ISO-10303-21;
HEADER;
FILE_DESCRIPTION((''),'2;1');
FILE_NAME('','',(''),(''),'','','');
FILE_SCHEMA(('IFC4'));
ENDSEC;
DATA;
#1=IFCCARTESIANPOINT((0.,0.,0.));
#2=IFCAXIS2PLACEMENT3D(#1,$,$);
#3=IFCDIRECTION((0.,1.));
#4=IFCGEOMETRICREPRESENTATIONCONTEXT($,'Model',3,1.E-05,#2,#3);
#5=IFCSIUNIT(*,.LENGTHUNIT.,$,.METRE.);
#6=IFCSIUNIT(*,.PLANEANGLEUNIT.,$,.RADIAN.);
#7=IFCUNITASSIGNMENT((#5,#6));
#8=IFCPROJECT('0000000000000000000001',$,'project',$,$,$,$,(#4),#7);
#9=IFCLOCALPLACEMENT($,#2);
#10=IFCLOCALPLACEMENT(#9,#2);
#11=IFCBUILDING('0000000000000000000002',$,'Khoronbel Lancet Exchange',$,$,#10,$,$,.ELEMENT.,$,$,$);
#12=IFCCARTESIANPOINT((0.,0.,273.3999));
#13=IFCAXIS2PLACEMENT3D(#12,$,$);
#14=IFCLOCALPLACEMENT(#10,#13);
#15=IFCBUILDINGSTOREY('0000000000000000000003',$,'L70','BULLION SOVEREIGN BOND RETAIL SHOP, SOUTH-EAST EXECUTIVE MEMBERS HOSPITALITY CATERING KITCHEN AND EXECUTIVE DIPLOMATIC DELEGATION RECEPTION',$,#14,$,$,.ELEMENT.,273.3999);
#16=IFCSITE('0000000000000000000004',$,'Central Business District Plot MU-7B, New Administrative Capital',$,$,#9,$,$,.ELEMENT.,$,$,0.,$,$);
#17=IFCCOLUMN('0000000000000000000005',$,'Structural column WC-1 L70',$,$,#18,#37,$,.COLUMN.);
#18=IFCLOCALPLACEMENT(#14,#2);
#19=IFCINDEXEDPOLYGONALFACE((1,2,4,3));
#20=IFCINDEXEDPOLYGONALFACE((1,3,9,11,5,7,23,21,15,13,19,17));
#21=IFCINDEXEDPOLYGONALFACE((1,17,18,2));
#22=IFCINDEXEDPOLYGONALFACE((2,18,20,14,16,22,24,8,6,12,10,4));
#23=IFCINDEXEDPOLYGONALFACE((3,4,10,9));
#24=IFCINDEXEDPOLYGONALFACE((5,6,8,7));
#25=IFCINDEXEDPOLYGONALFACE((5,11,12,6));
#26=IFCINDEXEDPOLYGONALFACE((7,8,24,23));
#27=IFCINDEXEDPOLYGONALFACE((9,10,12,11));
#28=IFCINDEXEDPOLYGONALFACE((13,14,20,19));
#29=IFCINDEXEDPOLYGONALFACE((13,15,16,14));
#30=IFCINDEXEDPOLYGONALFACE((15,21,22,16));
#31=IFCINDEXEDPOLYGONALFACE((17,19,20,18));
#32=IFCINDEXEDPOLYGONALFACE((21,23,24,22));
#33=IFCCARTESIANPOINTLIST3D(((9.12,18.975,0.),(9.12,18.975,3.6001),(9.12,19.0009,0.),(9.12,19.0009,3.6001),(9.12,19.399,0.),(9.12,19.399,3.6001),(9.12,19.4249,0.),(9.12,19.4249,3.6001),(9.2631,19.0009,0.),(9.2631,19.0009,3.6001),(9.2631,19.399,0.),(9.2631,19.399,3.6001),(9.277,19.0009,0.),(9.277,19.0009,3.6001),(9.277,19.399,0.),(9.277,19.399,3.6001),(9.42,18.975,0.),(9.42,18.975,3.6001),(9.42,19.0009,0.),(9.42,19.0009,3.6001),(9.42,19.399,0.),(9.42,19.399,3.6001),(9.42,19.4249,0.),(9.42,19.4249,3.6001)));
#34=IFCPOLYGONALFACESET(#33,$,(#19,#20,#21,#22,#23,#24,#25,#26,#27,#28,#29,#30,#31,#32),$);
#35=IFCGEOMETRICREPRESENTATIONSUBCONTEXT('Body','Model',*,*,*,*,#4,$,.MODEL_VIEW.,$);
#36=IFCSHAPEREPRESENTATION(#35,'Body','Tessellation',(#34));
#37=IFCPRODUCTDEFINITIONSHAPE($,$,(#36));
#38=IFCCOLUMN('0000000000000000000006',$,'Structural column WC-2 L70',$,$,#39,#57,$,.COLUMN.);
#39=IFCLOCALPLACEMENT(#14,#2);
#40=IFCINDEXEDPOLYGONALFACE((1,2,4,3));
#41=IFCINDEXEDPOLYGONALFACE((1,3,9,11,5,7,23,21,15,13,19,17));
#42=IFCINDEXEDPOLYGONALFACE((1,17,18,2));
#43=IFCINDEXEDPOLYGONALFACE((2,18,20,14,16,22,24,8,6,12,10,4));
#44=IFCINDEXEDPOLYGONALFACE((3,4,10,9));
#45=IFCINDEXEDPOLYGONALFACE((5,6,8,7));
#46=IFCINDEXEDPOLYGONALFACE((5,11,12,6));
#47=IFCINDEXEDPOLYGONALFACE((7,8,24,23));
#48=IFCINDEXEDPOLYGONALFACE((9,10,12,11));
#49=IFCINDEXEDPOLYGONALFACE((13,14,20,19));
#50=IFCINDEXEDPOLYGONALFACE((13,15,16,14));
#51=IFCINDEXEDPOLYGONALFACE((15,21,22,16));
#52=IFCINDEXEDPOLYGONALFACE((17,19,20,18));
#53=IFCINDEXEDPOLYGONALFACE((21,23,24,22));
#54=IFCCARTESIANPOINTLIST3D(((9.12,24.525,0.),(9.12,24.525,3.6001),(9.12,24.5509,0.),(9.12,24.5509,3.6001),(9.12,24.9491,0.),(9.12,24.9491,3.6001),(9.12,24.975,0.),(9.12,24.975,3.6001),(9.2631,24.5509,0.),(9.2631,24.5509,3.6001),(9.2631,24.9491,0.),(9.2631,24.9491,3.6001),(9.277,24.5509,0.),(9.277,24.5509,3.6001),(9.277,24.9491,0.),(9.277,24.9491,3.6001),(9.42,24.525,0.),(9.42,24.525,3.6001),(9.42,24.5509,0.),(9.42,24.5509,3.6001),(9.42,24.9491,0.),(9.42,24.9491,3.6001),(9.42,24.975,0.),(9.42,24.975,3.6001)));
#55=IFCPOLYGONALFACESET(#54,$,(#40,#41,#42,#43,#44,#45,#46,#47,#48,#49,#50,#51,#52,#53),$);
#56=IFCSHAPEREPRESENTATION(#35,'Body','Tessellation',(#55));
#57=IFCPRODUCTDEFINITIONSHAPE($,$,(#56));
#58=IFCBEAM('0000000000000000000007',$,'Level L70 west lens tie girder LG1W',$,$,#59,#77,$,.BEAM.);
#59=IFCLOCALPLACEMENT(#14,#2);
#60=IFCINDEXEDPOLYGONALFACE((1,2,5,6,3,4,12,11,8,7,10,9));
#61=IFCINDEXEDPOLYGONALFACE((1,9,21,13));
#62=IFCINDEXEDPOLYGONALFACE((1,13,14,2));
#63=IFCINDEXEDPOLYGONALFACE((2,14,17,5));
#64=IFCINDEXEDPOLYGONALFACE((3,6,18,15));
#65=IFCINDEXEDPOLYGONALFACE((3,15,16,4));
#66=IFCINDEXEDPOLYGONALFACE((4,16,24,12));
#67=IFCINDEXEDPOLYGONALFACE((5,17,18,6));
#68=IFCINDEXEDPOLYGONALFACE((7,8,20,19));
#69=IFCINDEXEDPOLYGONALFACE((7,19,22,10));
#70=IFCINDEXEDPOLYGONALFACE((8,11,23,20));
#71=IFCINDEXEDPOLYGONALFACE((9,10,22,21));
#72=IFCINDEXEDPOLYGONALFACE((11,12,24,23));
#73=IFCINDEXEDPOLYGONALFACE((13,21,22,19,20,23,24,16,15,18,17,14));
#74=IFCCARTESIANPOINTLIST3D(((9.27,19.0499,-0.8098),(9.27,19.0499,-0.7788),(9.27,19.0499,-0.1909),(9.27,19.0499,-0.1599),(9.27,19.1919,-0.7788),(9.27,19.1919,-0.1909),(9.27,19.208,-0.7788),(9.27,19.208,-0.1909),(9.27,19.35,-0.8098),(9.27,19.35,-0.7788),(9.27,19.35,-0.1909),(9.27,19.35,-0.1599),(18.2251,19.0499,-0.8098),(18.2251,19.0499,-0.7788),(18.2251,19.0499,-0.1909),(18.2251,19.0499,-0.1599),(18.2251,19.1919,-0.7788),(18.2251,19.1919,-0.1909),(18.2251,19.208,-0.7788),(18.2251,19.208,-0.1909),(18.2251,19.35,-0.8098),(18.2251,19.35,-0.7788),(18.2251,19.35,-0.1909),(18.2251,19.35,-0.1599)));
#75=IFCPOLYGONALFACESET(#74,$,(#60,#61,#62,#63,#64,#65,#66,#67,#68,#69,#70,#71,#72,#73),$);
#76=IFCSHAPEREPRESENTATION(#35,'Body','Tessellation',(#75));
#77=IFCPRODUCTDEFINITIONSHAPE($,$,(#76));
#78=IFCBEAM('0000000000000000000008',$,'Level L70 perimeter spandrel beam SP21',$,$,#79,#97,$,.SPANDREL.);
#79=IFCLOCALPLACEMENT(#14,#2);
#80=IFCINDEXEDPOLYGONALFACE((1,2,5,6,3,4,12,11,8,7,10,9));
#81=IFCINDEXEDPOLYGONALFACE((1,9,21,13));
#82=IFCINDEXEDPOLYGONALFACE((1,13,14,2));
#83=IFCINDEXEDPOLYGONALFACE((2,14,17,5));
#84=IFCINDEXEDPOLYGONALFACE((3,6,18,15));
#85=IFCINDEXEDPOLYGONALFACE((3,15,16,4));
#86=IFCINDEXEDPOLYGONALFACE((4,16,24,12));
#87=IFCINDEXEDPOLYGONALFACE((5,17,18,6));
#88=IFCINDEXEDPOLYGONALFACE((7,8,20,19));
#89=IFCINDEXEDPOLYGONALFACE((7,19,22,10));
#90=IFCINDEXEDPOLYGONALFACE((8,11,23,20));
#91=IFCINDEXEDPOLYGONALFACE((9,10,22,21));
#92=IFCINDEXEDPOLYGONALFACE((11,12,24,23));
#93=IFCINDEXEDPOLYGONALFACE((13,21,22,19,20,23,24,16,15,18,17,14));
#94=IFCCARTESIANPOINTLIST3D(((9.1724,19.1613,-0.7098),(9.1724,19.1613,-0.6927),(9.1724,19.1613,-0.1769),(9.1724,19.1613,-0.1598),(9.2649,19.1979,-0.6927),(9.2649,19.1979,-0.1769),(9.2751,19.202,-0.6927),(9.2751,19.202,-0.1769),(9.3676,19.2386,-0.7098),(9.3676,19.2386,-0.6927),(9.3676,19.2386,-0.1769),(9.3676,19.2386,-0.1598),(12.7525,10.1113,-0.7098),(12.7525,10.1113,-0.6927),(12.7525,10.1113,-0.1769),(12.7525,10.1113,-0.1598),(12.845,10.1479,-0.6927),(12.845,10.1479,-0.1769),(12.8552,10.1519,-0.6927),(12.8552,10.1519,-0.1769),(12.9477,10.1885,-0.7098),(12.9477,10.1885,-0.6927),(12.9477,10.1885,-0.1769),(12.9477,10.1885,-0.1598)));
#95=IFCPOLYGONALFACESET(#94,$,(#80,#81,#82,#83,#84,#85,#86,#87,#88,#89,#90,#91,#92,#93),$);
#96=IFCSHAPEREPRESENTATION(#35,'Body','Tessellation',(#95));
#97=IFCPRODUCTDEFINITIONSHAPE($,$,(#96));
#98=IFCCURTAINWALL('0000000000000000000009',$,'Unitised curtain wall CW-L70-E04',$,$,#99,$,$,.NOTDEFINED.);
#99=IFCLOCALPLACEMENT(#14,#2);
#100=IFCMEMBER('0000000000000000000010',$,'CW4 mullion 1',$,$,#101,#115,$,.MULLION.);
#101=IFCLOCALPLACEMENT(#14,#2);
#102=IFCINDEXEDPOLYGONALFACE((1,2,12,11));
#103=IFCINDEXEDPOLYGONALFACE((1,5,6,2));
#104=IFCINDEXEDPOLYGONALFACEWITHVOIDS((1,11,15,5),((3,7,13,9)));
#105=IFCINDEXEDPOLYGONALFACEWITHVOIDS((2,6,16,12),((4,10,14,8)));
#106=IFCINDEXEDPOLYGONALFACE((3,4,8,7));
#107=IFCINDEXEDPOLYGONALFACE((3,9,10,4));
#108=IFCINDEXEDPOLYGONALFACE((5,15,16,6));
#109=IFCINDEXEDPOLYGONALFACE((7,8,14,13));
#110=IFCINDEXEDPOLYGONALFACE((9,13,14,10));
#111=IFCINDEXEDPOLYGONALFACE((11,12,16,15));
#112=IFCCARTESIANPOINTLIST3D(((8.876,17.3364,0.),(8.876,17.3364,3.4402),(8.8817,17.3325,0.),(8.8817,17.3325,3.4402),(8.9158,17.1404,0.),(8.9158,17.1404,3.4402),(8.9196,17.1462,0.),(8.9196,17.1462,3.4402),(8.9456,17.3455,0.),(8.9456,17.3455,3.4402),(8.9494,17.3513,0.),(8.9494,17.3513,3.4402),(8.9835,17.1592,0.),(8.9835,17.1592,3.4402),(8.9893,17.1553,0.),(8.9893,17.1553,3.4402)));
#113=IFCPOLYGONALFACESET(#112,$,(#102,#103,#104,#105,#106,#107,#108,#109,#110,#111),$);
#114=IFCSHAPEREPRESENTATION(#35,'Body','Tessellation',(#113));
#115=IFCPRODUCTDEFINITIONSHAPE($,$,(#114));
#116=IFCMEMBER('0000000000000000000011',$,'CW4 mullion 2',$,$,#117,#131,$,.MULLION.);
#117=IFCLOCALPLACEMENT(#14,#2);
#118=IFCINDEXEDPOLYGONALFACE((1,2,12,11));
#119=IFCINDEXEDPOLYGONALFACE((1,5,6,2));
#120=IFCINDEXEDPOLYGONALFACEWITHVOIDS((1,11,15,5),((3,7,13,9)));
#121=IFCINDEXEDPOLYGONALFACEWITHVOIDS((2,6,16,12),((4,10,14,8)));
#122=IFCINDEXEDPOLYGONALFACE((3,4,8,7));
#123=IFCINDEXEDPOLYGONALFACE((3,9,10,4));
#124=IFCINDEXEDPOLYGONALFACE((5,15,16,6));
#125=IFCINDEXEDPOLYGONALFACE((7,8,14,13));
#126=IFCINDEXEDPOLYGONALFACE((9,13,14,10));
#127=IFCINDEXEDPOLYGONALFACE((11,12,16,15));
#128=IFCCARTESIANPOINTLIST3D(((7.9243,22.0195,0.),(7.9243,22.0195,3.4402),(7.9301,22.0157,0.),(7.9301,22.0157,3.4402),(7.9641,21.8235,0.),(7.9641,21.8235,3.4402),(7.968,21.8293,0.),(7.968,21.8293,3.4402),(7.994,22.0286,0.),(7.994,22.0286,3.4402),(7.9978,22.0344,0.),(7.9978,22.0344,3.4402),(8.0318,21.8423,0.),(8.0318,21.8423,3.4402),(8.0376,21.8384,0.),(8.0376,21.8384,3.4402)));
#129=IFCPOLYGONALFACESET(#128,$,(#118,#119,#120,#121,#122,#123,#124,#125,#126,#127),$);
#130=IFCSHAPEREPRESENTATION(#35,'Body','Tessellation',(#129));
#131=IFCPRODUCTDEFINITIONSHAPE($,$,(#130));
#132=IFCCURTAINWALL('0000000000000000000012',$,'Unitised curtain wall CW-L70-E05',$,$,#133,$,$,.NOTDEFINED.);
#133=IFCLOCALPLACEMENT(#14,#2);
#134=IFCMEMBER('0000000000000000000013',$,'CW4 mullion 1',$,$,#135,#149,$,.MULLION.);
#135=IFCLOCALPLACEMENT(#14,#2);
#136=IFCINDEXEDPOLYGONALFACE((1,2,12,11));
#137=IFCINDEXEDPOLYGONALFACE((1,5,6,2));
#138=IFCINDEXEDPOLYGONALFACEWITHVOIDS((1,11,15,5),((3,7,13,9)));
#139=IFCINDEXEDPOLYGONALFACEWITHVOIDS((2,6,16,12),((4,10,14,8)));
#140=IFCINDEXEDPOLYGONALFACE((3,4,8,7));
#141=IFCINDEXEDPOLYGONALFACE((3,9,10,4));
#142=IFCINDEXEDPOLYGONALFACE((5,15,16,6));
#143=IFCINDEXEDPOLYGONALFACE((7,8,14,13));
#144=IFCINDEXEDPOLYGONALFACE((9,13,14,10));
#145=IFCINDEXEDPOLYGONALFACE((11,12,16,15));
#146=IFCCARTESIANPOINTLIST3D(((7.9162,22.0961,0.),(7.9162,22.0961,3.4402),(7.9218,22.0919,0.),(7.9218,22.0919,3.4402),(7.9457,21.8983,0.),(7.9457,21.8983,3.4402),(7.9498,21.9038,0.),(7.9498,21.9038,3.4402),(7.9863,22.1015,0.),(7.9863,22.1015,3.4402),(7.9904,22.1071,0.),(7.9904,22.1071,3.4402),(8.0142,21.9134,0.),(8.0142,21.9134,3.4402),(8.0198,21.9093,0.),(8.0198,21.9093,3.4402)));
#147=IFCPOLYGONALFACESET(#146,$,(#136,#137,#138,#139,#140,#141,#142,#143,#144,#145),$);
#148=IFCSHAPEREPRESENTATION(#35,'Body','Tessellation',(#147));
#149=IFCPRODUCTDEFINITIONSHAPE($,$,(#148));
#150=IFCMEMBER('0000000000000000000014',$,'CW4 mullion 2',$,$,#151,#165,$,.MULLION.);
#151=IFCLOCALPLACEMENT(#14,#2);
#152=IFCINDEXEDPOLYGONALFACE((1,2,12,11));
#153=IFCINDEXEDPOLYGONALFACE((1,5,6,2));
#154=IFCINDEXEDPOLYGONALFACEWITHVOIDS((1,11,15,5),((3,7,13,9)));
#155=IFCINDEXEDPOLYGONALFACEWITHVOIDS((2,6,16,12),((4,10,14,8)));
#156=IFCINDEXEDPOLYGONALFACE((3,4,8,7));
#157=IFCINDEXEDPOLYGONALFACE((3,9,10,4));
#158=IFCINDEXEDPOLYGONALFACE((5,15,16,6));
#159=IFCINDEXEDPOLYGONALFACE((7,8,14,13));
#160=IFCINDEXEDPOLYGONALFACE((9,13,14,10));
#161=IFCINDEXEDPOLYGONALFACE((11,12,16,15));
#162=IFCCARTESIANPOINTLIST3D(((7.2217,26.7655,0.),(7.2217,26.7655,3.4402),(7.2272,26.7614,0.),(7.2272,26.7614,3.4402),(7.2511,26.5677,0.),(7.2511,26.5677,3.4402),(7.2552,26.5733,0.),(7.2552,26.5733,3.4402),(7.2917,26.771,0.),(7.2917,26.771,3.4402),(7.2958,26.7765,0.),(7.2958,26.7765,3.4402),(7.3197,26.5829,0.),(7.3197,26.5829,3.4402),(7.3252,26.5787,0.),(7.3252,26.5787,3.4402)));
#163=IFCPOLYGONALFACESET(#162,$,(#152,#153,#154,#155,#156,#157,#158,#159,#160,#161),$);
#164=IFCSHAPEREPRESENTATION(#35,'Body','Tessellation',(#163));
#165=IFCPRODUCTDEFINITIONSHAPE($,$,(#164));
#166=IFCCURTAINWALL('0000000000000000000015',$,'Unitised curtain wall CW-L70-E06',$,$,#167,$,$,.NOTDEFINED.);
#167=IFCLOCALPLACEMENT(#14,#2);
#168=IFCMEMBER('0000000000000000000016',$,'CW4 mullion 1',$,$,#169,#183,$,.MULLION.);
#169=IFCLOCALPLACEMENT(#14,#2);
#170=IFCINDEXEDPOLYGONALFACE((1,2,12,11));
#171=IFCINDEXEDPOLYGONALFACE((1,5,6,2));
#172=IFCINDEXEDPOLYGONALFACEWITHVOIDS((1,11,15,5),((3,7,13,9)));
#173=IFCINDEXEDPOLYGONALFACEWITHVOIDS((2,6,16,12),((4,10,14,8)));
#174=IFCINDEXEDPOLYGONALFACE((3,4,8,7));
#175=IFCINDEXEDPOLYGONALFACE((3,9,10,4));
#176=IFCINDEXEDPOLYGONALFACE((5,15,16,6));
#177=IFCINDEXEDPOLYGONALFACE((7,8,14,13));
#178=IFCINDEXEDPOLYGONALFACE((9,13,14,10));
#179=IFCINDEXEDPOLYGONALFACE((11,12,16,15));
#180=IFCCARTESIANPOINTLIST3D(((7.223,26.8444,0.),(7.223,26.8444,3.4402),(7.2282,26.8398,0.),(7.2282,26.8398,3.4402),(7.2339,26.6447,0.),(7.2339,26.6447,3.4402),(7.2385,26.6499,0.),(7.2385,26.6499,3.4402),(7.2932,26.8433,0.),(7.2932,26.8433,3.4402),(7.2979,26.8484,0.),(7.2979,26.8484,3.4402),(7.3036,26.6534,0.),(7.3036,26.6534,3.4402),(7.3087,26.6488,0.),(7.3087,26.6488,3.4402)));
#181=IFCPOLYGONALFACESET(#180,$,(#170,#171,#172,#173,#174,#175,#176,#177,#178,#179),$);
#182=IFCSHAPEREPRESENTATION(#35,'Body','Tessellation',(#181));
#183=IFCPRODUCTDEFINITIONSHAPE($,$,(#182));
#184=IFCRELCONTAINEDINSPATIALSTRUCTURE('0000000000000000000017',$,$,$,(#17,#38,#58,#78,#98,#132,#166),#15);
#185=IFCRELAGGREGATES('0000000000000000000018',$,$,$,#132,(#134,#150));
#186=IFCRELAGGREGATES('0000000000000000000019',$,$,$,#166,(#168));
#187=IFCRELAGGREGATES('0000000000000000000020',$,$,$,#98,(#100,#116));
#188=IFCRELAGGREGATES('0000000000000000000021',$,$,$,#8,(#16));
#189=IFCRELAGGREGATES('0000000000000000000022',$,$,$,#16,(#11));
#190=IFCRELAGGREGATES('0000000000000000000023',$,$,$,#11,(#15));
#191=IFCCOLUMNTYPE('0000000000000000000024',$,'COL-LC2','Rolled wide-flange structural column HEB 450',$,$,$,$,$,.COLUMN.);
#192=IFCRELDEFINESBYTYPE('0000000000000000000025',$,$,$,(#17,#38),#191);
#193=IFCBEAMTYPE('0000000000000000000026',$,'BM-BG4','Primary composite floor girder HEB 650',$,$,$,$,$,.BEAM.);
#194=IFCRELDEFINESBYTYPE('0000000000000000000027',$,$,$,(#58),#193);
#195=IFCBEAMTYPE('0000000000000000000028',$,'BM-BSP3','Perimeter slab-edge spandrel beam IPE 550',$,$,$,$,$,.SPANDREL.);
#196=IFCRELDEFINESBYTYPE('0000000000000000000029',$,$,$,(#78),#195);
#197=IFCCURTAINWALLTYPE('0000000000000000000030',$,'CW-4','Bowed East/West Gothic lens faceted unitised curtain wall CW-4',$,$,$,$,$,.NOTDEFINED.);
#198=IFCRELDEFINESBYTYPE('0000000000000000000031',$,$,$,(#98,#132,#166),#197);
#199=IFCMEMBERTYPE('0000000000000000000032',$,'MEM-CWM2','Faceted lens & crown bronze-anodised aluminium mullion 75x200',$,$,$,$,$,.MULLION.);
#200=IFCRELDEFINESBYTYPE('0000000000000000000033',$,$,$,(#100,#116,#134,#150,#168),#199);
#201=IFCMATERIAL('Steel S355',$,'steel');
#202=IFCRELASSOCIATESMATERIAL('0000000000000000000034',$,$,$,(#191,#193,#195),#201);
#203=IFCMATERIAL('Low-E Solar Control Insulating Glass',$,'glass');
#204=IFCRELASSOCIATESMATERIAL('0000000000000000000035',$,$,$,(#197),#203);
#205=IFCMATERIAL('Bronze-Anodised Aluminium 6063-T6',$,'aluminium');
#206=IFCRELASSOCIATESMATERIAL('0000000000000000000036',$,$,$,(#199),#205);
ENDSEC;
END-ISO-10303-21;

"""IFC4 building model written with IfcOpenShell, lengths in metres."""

from ifc_helpers import new_model, si_unit, direction, frame, origin, origin_2d, place, context, subcontext, project, spatial, hollow_rectangle, i_section, extrude, material, material_profile, profile_set, type_object, element, aggregate, save


model = new_model("IFC4")

# Units and contexts
model_context = context("Model", 3, precision=1e-05, world=origin(), true_north=direction((0.0, 1.0)))
body_context = subcontext(model_context, "Body", "Model", "MODEL_VIEW")
ifc_project = project(units=[si_unit("LENGTHUNIT", "METRE"), si_unit("PLANEANGLEUNIT", "RADIAN")], contexts=[model_context])

# Site, building, storey
site_placement = place(None, origin())
site = spatial("IfcSite", under=ifc_project, at=site_placement, Name="Central Business District Plot MU-7B, New Administrative Capital", CompositionType="ELEMENT", RefElevation=0.0)
building_placement = place(site_placement, origin())
building = spatial("IfcBuilding", under=site, at=building_placement, Name="Khoronbel Lancet Exchange", CompositionType="ELEMENT")
storey_placement = place(building_placement, frame((0.0, 0.0, 273.3999)))
storey = spatial("IfcBuildingStorey", under=building, at=storey_placement, Name="L70", Description="BULLION SOVEREIGN BOND RETAIL SHOP, SOUTH-EAST EXECUTIVE MEMBERS HOSPITALITY CATERING KITCHEN AND EXECUTIVE DIPLOMATIC DELEGATION RECEPTION", CompositionType="ELEMENT", Elevation=273.3999)

# Columns
ifc_material_1 = material(Name="Steel S355", Category="steel")
ifc_material_profile_1 = material_profile(ifc_material_1, i_section(OverallWidth=0.3, OverallDepth=0.45, WebThickness=0.0139, FlangeThickness=0.0259, at=origin_2d()), Name="HEB 450")
ifc_profile_set_1 = profile_set([ifc_material_profile_1], Name="Steel S355")
column_type = type_object("IfcColumnType", Name="COL-LC2", Description="Rolled wide-flange structural column HEB 450", PredefinedType="COLUMN", material=ifc_profile_set_1)
for number, where, z_axis, x_axis, name in (
    (1, (9.27, 19.2, 0.0), (0.0, 0.0, 1.0), (1.0, 0.0, 0.0), "Structural column WC-1 L70"),
    (2, (9.27, 24.75, 0.0), (0.0, 0.0, 1.0), (1.0, 0.0, 0.0), "Structural column WC-2 L70"),
):
    element("IfcColumn", number, at=place(storey_placement, frame(where, z_axis=z_axis, x_axis=x_axis)), inside=storey, type_object=column_type, Name=name, PredefinedType="COLUMN", context=body_context, shape_type="SweptSolid", body=[
        extrude(i_section(OverallWidth=0.3, OverallDepth=0.45, WebThickness=0.0139, FlangeThickness=0.0259, at=origin_2d()), origin(), (0.0, 0.0, 1.0), 3.6001),
    ])

# Beams
ifc_material_profile_2 = material_profile(ifc_material_1, i_section(OverallWidth=0.3, OverallDepth=0.6499, WebThickness=0.0161, FlangeThickness=0.031, at=origin_2d()), Name="HEB 650")
ifc_profile_set_2 = profile_set([ifc_material_profile_2], Name="Steel S355")
beam_type_1 = type_object("IfcBeamType", Name="BM-BG4", Description="Primary composite floor girder HEB 650", PredefinedType="BEAM", material=ifc_profile_set_2)
beam_1_placement = place(storey_placement, frame((9.27, 19.2, -0.4849), z_axis=(1.0, 0.0, 0.0), x_axis=(0.0, 1.0, 0.0)))
element("IfcBeam", 3, at=beam_1_placement, inside=storey, type_object=beam_type_1, Name="Level L70 west lens tie girder LG1W", PredefinedType="BEAM", context=body_context, shape_type="SweptSolid", body=[
    extrude(i_section(OverallWidth=0.3, OverallDepth=0.6499, WebThickness=0.0161, FlangeThickness=0.031, at=origin_2d()), origin(), (0.0, 0.0, 1.0), 8.9551),
])
ifc_material_profile_3 = material_profile(ifc_material_1, i_section(OverallWidth=0.21, OverallDepth=0.55, WebThickness=0.011, FlangeThickness=0.0171, at=origin_2d()), Name="IPE 550")
ifc_profile_set_3 = profile_set([ifc_material_profile_3], Name="Steel S355")
beam_type_2 = type_object("IfcBeamType", Name="BM-BSP3", Description="Perimeter slab-edge spandrel beam IPE 550", PredefinedType="SPANDREL", material=ifc_profile_set_3)
beam_2_placement = place(storey_placement, frame((9.27, 19.2, -0.4348), z_axis=(0.36785, -0.929885, 0.0), x_axis=(0.929885, 0.36785, 0.0)))
element("IfcBeam", 4, at=beam_2_placement, inside=storey, type_object=beam_type_2, Name="Level L70 perimeter spandrel beam SP21", PredefinedType="SPANDREL", context=body_context, shape_type="SweptSolid", body=[
    extrude(i_section(OverallWidth=0.21, OverallDepth=0.55, WebThickness=0.011, FlangeThickness=0.0171, at=origin_2d()), origin(), (0.0, 0.0, 1.0), 9.7324),
])

# Curtain walls, members
ifc_material_2 = material(Name="Low-E Solar Control Insulating Glass", Category="glass")
curtain_wall_type = type_object("IfcCurtainWallType", Name="CW-4", Description="Bowed East/West Gothic lens faceted unitised curtain wall CW-4", PredefinedType="NOTDEFINED", material=ifc_material_2)
curtain_wall_1_placement = place(storey_placement, origin())
curtain_wall_1 = element("IfcCurtainWall", 5, at=curtain_wall_1_placement, inside=storey, type_object=curtain_wall_type, Name="Unitised curtain wall CW-L70-E04", PredefinedType="NOTDEFINED")
ifc_material_3 = material(Name="Bronze-Anodised Aluminium 6063-T6", Category="aluminium")
ifc_material_profile_4 = material_profile(ifc_material_3, hollow_rectangle(XDim=0.075, YDim=0.2, WallThickness=0.0049, at=origin_2d()), Name="ALU MULLION 75x200")
ifc_profile_set_4 = profile_set([ifc_material_profile_4], Name="Bronze-Anodised Aluminium 6063-T6")
member_type_1 = type_object("IfcMemberType", Name="MEM-CWM2", Description="Faceted lens & crown bronze-anodised aluminium mullion 75x200", PredefinedType="MULLION", material=ifc_profile_set_4)
member_1_placement = place(storey_placement, frame((8.9326, 17.2458, 0.0), z_axis=(0.0, 0.0, 1.0), x_axis=(-0.979974, -0.199126, 0.0)))
member_1 = element("IfcMember", 6, at=member_1_placement, type_object=member_type_1, Name="CW4 mullion 1", PredefinedType="MULLION", context=body_context, shape_type="SweptSolid", body=[
    extrude(hollow_rectangle(XDim=0.075, YDim=0.2, WallThickness=0.0049, at=origin_2d()), origin(), (0.0, 0.0, 1.0), 3.4402),
])
member_2_placement = place(storey_placement, frame((7.981, 21.929, 0.0), z_axis=(0.0, 0.0, 1.0), x_axis=(-0.979974, -0.199126, 0.0)))
member_2 = element("IfcMember", 7, at=member_2_placement, type_object=member_type_1, Name="CW4 mullion 2", PredefinedType="MULLION", context=body_context, shape_type="SweptSolid", body=[
    extrude(hollow_rectangle(XDim=0.075, YDim=0.2, WallThickness=0.0049, at=origin_2d()), origin(), (0.0, 0.0, 1.0), 3.4402),
])
curtain_wall_2_placement = place(storey_placement, origin())
curtain_wall_2 = element("IfcCurtainWall", 8, at=curtain_wall_2_placement, inside=storey, type_object=curtain_wall_type, Name="Unitised curtain wall CW-L70-E05", PredefinedType="NOTDEFINED")
member_3_placement = place(storey_placement, frame((7.968, 22.0027, 0.0), z_axis=(0.0, 0.0, 1.0), x_axis=(-0.989114, -0.147152, 0.0)))
member_3 = element("IfcMember", 9, at=member_3_placement, type_object=member_type_1, Name="CW4 mullion 1", PredefinedType="MULLION", context=body_context, shape_type="SweptSolid", body=[
    extrude(hollow_rectangle(XDim=0.075, YDim=0.2, WallThickness=0.0049, at=origin_2d()), origin(), (0.0, 0.0, 1.0), 3.4402),
])
member_4_placement = place(storey_placement, frame((7.2734, 26.6721, 0.0), z_axis=(0.0, 0.0, 1.0), x_axis=(-0.989114, -0.147152, 0.0)))
member_4 = element("IfcMember", 10, at=member_4_placement, type_object=member_type_1, Name="CW4 mullion 2", PredefinedType="MULLION", context=body_context, shape_type="SweptSolid", body=[
    extrude(hollow_rectangle(XDim=0.075, YDim=0.2, WallThickness=0.0049, at=origin_2d()), origin(), (0.0, 0.0, 1.0), 3.4402),
])
curtain_wall_3_placement = place(storey_placement, origin())
curtain_wall_3 = element("IfcCurtainWall", 11, at=curtain_wall_3_placement, inside=storey, type_object=curtain_wall_type, Name="Unitised curtain wall CW-L70-E06", PredefinedType="NOTDEFINED")
member_5_placement = place(storey_placement, frame((7.2659, 26.7466, 0.0), z_axis=(0.0, 0.0, 1.0), x_axis=(-0.998521, -0.054361, 0.0)))
member_5 = element("IfcMember", 12, at=member_5_placement, type_object=member_type_1, Name="CW4 mullion 1", PredefinedType="MULLION", context=body_context, shape_type="SweptSolid", body=[
    extrude(hollow_rectangle(XDim=0.075, YDim=0.2, WallThickness=0.0049, at=origin_2d()), origin(), (0.0, 0.0, 1.0), 3.4402),
])

aggregate(curtain_wall_2, [member_3, member_4])
aggregate(curtain_wall_3, [member_5])
aggregate(curtain_wall_1, [member_1, member_2])

save(model, "model.ifc")
